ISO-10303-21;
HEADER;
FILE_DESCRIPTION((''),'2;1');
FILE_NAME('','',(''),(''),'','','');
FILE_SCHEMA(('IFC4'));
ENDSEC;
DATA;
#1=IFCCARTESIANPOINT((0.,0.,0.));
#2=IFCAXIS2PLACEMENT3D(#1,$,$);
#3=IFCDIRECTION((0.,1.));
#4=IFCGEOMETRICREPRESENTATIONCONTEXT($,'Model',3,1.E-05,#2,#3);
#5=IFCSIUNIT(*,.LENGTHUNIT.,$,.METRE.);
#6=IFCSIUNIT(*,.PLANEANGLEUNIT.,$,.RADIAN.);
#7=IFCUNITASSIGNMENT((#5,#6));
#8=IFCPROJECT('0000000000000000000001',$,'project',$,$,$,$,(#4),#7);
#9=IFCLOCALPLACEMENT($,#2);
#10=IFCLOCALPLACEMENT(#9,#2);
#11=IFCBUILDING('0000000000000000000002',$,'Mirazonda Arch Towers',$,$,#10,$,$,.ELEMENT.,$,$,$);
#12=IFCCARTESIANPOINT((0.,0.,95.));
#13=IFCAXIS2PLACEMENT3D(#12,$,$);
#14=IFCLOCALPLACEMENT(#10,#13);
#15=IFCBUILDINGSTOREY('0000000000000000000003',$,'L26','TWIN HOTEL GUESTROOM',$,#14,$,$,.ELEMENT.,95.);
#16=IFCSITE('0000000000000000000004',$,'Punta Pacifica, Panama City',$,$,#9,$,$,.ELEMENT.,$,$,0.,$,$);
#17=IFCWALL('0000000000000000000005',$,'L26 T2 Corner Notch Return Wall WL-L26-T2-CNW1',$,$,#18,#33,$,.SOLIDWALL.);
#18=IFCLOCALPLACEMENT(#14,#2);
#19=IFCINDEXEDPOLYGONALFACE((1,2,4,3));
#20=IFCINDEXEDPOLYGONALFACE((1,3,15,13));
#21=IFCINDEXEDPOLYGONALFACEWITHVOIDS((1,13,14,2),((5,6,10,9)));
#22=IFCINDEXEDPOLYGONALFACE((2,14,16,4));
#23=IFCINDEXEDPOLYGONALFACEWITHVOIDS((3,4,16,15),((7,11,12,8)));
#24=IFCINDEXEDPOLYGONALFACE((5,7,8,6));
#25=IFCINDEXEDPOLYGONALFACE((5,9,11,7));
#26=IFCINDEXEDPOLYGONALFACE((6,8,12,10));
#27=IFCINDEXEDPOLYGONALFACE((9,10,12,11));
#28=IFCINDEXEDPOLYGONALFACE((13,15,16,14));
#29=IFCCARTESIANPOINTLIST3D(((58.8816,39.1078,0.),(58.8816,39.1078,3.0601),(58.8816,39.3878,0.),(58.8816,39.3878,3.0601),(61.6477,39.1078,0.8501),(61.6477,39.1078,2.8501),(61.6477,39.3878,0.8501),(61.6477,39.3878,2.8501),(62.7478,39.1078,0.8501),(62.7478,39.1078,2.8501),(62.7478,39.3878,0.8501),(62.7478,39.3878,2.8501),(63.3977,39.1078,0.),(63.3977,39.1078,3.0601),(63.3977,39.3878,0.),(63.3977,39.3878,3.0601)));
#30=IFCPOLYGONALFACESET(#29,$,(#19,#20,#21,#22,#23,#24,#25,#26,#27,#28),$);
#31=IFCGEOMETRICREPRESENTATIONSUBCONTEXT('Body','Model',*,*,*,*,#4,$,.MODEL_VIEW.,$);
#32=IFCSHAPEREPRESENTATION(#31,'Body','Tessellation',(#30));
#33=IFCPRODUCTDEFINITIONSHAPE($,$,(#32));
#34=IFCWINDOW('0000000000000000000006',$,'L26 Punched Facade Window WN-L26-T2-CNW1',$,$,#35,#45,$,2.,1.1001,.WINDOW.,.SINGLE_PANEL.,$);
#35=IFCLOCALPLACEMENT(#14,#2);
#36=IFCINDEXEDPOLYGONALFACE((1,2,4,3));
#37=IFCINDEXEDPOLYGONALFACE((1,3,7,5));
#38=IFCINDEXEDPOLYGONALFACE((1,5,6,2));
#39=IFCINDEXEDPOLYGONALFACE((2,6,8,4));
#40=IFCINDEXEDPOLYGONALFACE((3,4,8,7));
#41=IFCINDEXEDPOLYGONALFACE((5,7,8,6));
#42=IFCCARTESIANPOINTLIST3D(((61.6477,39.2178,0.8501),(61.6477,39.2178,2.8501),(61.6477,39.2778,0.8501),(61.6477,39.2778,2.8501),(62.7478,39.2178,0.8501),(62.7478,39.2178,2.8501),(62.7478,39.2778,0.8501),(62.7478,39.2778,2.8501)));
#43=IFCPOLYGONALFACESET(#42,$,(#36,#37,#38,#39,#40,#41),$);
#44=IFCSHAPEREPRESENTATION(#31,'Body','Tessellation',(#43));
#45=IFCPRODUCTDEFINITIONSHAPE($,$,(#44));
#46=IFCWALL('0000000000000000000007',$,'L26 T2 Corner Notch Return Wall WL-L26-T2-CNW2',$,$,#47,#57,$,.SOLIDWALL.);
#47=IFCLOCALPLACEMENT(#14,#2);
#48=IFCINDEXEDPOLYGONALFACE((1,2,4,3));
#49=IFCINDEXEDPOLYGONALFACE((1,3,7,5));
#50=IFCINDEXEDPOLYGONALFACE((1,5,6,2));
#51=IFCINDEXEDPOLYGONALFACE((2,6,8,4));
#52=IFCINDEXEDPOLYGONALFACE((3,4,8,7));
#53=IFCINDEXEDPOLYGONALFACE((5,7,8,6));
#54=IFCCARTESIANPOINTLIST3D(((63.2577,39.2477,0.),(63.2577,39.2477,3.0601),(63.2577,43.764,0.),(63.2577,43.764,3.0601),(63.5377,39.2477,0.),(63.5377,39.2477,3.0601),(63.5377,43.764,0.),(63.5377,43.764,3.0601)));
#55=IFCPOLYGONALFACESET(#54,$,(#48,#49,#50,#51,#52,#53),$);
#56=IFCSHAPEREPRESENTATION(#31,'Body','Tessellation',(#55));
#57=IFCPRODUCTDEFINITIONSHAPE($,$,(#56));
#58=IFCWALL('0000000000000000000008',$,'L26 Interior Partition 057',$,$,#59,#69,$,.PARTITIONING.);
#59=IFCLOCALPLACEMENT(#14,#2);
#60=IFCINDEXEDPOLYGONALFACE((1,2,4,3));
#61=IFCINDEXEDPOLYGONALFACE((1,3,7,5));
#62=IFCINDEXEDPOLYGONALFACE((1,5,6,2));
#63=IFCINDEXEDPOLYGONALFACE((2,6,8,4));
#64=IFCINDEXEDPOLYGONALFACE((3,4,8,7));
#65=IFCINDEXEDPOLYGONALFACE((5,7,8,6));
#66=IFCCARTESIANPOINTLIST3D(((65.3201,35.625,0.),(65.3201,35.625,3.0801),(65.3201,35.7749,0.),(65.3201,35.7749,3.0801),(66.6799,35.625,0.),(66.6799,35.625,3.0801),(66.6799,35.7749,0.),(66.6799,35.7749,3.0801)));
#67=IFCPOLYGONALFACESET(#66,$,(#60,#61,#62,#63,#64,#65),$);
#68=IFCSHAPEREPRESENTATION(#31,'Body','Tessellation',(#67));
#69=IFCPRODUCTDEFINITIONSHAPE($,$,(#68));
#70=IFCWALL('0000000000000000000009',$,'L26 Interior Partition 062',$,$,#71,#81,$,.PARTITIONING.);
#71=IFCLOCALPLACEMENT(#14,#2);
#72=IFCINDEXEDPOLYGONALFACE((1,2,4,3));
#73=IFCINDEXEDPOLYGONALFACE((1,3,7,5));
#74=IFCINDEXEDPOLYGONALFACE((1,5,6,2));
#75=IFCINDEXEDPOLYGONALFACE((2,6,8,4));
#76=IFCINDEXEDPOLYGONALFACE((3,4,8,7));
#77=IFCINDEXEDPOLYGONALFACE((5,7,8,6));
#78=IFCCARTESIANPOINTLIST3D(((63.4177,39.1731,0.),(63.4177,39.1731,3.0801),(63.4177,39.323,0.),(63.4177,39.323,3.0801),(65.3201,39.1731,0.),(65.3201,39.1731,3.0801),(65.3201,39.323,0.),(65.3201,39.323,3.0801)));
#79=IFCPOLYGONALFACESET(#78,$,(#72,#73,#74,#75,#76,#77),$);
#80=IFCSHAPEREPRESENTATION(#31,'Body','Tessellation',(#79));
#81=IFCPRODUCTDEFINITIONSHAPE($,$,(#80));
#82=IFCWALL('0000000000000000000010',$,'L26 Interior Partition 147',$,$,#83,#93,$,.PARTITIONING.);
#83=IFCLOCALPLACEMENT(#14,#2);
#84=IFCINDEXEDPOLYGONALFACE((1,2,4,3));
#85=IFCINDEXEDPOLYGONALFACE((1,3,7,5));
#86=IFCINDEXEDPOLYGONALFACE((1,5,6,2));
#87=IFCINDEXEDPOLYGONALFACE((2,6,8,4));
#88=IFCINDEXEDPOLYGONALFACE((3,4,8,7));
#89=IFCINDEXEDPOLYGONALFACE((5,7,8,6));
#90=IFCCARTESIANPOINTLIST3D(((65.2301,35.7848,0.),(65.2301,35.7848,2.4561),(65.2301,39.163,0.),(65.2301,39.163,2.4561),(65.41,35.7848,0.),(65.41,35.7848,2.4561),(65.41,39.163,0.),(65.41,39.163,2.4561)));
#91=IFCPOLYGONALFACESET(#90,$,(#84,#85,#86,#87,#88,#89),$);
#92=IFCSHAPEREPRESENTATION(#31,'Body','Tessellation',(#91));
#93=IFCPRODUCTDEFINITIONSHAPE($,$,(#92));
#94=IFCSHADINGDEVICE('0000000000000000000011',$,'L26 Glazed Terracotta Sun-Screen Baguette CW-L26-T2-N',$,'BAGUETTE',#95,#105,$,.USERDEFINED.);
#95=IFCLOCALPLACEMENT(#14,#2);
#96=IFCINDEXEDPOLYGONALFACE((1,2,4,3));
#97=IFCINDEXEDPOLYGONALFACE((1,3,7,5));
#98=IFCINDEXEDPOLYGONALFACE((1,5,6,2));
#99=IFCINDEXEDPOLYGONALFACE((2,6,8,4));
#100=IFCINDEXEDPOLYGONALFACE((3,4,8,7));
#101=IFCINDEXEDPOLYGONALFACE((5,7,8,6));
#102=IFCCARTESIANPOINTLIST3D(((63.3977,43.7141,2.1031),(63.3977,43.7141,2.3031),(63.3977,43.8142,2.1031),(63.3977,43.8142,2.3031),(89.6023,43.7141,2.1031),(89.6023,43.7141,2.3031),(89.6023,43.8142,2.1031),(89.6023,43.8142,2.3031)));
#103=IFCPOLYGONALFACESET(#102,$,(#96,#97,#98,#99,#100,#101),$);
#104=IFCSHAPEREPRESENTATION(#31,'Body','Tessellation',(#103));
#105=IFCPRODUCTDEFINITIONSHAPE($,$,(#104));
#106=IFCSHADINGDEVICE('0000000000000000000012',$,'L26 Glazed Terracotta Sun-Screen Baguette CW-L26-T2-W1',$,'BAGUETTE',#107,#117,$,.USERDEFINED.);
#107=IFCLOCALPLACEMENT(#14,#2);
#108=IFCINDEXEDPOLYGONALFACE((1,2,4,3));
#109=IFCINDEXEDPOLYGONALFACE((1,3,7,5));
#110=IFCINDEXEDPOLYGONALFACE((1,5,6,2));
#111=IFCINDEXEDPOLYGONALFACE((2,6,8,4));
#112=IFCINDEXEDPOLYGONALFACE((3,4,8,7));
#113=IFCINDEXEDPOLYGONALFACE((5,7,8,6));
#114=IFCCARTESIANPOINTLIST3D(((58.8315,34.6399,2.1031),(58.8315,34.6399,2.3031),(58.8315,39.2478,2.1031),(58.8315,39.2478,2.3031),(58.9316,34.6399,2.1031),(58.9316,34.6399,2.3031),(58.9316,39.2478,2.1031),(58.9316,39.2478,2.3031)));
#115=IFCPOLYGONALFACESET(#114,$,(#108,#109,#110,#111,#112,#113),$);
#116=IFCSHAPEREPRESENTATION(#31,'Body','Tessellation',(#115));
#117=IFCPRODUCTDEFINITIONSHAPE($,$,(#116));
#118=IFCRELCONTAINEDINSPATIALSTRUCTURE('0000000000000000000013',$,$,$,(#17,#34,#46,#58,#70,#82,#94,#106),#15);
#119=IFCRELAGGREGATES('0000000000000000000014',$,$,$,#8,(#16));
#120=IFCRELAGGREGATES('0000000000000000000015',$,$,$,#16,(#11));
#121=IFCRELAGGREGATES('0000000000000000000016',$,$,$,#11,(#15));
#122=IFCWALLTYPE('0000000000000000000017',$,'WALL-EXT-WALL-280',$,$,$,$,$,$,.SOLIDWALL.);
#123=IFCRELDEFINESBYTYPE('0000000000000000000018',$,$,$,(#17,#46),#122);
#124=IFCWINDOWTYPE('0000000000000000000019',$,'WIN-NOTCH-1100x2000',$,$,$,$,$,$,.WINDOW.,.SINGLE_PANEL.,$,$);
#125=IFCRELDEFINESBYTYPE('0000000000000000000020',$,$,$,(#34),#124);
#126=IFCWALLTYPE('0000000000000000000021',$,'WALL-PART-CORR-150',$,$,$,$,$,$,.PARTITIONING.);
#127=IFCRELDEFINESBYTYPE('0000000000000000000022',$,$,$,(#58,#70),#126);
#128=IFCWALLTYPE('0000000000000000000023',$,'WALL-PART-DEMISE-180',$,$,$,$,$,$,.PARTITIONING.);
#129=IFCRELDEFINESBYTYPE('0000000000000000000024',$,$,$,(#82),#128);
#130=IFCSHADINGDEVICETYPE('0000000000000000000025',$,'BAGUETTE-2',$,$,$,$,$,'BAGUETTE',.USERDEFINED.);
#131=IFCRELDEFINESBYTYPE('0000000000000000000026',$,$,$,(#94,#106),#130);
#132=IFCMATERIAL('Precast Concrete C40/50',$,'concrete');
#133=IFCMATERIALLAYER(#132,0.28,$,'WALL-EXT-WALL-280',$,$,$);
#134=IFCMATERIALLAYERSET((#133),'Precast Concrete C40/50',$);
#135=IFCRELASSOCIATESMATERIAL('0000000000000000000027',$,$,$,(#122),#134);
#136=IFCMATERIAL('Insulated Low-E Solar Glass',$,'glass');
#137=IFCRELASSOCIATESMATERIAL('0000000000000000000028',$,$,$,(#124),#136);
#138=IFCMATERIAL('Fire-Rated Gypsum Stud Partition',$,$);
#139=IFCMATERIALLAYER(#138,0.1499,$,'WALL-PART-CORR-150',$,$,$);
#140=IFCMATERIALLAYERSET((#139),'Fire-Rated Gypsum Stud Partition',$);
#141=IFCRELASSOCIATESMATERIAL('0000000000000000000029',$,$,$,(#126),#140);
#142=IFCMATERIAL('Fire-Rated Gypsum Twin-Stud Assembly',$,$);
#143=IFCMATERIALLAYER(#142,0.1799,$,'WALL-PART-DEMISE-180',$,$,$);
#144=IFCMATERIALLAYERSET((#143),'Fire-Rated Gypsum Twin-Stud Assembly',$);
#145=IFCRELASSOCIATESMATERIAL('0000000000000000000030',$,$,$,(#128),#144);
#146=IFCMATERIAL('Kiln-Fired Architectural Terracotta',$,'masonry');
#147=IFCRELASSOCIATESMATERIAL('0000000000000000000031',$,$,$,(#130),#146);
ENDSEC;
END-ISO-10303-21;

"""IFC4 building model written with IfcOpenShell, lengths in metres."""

from ifc_helpers import new_model, si_unit, direction, frame, frame_2d, origin, origin_2d, place, context, subcontext, project, spatial, rectangle, extrude, material, layer, layer_set, material_profile, profile_set, type_object, element, fill, save


model = new_model("IFC4")

# Units and contexts
model_context = context("Model", 3, precision=1e-05, world=origin(), true_north=direction((0.0, 1.0)))
body_context = subcontext(model_context, "Body", "Model", "MODEL_VIEW")
ifc_project = project(units=[si_unit("LENGTHUNIT", "METRE"), si_unit("PLANEANGLEUNIT", "RADIAN")], contexts=[model_context])

# Site, building, storey
site_placement = place(None, origin())
site = spatial("IfcSite", under=ifc_project, at=site_placement, Name="Punta Pacifica, Panama City", CompositionType="ELEMENT", RefElevation=0.0)
building_placement = place(site_placement, origin())
building = spatial("IfcBuilding", under=site, at=building_placement, Name="Mirazonda Arch Towers", CompositionType="ELEMENT")
storey_placement = place(building_placement, frame((0.0, 0.0, 95.0)))
storey = spatial("IfcBuildingStorey", under=building, at=storey_placement, Name="L26", Description="TWIN HOTEL GUESTROOM", CompositionType="ELEMENT", Elevation=95.0)

# Shared definitions
ifc_material_1 = material(Name="Insulated Low-E Solar Glass", Category="glass")

# Wall, opening, window
ifc_material_2 = material(Name="Precast Concrete C40/50", Category="concrete")
ifc_layer_1 = layer(ifc_material_2, 0.28, Name="WALL-EXT-WALL-280")
ifc_layer_set_1 = layer_set([ifc_layer_1], Name="Precast Concrete C40/50")
wall_type_1 = type_object("IfcWallType", Name="WALL-EXT-WALL-280", PredefinedType="SOLIDWALL", material=ifc_layer_set_1)
wall_1_placement = place(storey_placement, frame((63.3977, 39.2478, 0.0), z_axis=(0.0, 0.0, 1.0), x_axis=(-1.0, 0.0, 0.0)))
wall_1 = element("IfcWall", 1, at=wall_1_placement, inside=storey, type_object=wall_type_1, Name="L26 T2 Corner Notch Return Wall WL-L26-T2-CNW1", PredefinedType="SOLIDWALL", context=body_context, shape_type="SweptSolid", body=[
    extrude(rectangle(XDim=4.5161, YDim=0.28, at=frame_2d((2.2581, 0.0))), origin(), (0.0, 0.0, 1.0), 3.0601),
])
opening_placement = place(wall_1_placement, frame((0.6499, 0.0, 0.8501)))
opening = element("IfcOpeningElement", 2, at=opening_placement, cuts=wall_1, PredefinedType="OPENING", context=body_context, shape_type="SweptSolid", body=[
    extrude(rectangle(XDim=1.1001, YDim=2.0, at=frame_2d((0.55, 1.0))), frame((0.0, 0.1499, 0.0), z_axis=(0.0, -1.0, 0.0), x_axis=(1.0, 0.0, 0.0)), (0.0, 0.0, 1.0), 0.3),
])
window_type = type_object("IfcWindowType", Name="WIN-NOTCH-1100x2000", PartitioningType="SINGLE_PANEL", PredefinedType="WINDOW", material=ifc_material_1)
window_placement = place(opening_placement, origin())
window = element("IfcWindow", 3, at=window_placement, inside=storey, type_object=window_type, Name="L26 Punched Facade Window WN-L26-T2-CNW1", OverallHeight=2.0, OverallWidth=1.1001, PartitioningType="SINGLE_PANEL", PredefinedType="WINDOW", context=body_context, shape_type="SweptSolid", body=[
    extrude(rectangle(XDim=1.1001, YDim=2.0, at=frame_2d((0.55, 1.0))), frame((0.0, 0.03, 0.0), z_axis=(0.0, -1.0, 0.0), x_axis=(1.0, 0.0, 0.0)), (0.0, 0.0, 1.0), 0.0601),
])
fill(opening, window)

# Walls
wall_2_placement = place(storey_placement, frame((63.3977, 43.7642, 0.0), z_axis=(0.0, 0.0, 1.0), x_axis=(0.0, -1.0, 0.0)))
element("IfcWall", 4, at=wall_2_placement, inside=storey, type_object=wall_type_1, Name="L26 T2 Corner Notch Return Wall WL-L26-T2-CNW2", PredefinedType="SOLIDWALL", context=body_context, shape_type="SweptSolid", body=[
    extrude(rectangle(XDim=4.5164, YDim=0.28, at=frame_2d((2.2583, 0.0))), origin(), (0.0, 0.0, 1.0), 3.0601),
])
ifc_material_3 = material(Name="Fire-Rated Gypsum Stud Partition")
ifc_layer_2 = layer(ifc_material_3, 0.1499, Name="WALL-PART-CORR-150")
ifc_layer_set_2 = layer_set([ifc_layer_2], Name="Fire-Rated Gypsum Stud Partition")
wall_type_2 = type_object("IfcWallType", Name="WALL-PART-CORR-150", PredefinedType="PARTITIONING", material=ifc_layer_set_2)
wall_3_placement = place(storey_placement, frame((65.3201, 35.7, 0.0), z_axis=(0.0, 0.0, 1.0), x_axis=(1.0, 0.0, 0.0)))
element("IfcWall", 5, at=wall_3_placement, inside=storey, type_object=wall_type_2, Name="L26 Interior Partition 057", PredefinedType="PARTITIONING", context=body_context, shape_type="SweptSolid", body=[
    extrude(rectangle(XDim=1.3599, YDim=0.1499, at=frame_2d((0.6799, 0.0))), origin(), (0.0, 0.0, 1.0), 3.0801),
])
wall_4_placement = place(storey_placement, frame((63.4177, 39.248, 0.0), z_axis=(0.0, 0.0, 1.0), x_axis=(1.0, 0.0, 0.0)))
element("IfcWall", 6, at=wall_4_placement, inside=storey, type_object=wall_type_2, Name="L26 Interior Partition 062", PredefinedType="PARTITIONING", context=body_context, shape_type="SweptSolid", body=[
    extrude(rectangle(XDim=1.9023, YDim=0.1499, at=frame_2d((0.9512, 0.0))), origin(), (0.0, 0.0, 1.0), 3.0801),
])
ifc_material_4 = material(Name="Fire-Rated Gypsum Twin-Stud Assembly")
ifc_layer_3 = layer(ifc_material_4, 0.1799, Name="WALL-PART-DEMISE-180")
ifc_layer_set_3 = layer_set([ifc_layer_3], Name="Fire-Rated Gypsum Twin-Stud Assembly")
wall_type_3 = type_object("IfcWallType", Name="WALL-PART-DEMISE-180", PredefinedType="PARTITIONING", material=ifc_layer_set_3)
wall_5_placement = place(storey_placement, frame((65.3201, 35.7849, 0.0), z_axis=(0.0, 0.0, 1.0), x_axis=(0.0, 1.0, 0.0)))
element("IfcWall", 7, at=wall_5_placement, inside=storey, type_object=wall_type_3, Name="L26 Interior Partition 147", PredefinedType="PARTITIONING", context=body_context, shape_type="SweptSolid", body=[
    extrude(rectangle(XDim=3.3782, YDim=0.1799, at=frame_2d((1.689, 0.0))), origin(), (0.0, 0.0, 1.0), 2.4561),
])

# Shading devices
ifc_material_5 = material(Name="Kiln-Fired Architectural Terracotta", Category="masonry")
ifc_material_profile_1 = material_profile(ifc_material_5, rectangle(XDim=0.1001, YDim=0.2, at=origin_2d()), Name="TERRA-BAG-100x200")
ifc_profile_set_1 = profile_set([ifc_material_profile_1], Name="Kiln-Fired Architectural Terracotta")
shading_device_type = type_object("IfcShadingDeviceType", Name="BAGUETTE-2", ElementType="BAGUETTE", PredefinedType="USERDEFINED", material=ifc_profile_set_1)
shading_device_1_placement = place(storey_placement, frame((63.3977, 43.7642, 2.2031), z_axis=(1.0, 0.0, 0.0), x_axis=(0.0, 1.0, 0.0)))
element("IfcShadingDevice", 8, at=shading_device_1_placement, inside=storey, type_object=shading_device_type, Name="L26 Glazed Terracotta Sun-Screen Baguette CW-L26-T2-N", ObjectType="BAGUETTE", PredefinedType="USERDEFINED", context=body_context, shape_type="SweptSolid", body=[
    extrude(rectangle(XDim=0.1001, YDim=0.2, at=origin_2d()), origin(), (0.0, 0.0, 1.0), 26.2046),
])
shading_device_2_placement = place(storey_placement, frame((58.8816, 39.2478, 2.2031), z_axis=(0.0, -1.0, 0.0), x_axis=(1.0, 0.0, 0.0)))
element("IfcShadingDevice", 9, at=shading_device_2_placement, inside=storey, type_object=shading_device_type, Name="L26 Glazed Terracotta Sun-Screen Baguette CW-L26-T2-W1", ObjectType="BAGUETTE", PredefinedType="USERDEFINED", context=body_context, shape_type="SweptSolid", body=[
    extrude(rectangle(XDim=0.1001, YDim=0.2, at=origin_2d()), origin(), (0.0, 0.0, 1.0), 4.6079),
])

save(model, "model.ifc")
